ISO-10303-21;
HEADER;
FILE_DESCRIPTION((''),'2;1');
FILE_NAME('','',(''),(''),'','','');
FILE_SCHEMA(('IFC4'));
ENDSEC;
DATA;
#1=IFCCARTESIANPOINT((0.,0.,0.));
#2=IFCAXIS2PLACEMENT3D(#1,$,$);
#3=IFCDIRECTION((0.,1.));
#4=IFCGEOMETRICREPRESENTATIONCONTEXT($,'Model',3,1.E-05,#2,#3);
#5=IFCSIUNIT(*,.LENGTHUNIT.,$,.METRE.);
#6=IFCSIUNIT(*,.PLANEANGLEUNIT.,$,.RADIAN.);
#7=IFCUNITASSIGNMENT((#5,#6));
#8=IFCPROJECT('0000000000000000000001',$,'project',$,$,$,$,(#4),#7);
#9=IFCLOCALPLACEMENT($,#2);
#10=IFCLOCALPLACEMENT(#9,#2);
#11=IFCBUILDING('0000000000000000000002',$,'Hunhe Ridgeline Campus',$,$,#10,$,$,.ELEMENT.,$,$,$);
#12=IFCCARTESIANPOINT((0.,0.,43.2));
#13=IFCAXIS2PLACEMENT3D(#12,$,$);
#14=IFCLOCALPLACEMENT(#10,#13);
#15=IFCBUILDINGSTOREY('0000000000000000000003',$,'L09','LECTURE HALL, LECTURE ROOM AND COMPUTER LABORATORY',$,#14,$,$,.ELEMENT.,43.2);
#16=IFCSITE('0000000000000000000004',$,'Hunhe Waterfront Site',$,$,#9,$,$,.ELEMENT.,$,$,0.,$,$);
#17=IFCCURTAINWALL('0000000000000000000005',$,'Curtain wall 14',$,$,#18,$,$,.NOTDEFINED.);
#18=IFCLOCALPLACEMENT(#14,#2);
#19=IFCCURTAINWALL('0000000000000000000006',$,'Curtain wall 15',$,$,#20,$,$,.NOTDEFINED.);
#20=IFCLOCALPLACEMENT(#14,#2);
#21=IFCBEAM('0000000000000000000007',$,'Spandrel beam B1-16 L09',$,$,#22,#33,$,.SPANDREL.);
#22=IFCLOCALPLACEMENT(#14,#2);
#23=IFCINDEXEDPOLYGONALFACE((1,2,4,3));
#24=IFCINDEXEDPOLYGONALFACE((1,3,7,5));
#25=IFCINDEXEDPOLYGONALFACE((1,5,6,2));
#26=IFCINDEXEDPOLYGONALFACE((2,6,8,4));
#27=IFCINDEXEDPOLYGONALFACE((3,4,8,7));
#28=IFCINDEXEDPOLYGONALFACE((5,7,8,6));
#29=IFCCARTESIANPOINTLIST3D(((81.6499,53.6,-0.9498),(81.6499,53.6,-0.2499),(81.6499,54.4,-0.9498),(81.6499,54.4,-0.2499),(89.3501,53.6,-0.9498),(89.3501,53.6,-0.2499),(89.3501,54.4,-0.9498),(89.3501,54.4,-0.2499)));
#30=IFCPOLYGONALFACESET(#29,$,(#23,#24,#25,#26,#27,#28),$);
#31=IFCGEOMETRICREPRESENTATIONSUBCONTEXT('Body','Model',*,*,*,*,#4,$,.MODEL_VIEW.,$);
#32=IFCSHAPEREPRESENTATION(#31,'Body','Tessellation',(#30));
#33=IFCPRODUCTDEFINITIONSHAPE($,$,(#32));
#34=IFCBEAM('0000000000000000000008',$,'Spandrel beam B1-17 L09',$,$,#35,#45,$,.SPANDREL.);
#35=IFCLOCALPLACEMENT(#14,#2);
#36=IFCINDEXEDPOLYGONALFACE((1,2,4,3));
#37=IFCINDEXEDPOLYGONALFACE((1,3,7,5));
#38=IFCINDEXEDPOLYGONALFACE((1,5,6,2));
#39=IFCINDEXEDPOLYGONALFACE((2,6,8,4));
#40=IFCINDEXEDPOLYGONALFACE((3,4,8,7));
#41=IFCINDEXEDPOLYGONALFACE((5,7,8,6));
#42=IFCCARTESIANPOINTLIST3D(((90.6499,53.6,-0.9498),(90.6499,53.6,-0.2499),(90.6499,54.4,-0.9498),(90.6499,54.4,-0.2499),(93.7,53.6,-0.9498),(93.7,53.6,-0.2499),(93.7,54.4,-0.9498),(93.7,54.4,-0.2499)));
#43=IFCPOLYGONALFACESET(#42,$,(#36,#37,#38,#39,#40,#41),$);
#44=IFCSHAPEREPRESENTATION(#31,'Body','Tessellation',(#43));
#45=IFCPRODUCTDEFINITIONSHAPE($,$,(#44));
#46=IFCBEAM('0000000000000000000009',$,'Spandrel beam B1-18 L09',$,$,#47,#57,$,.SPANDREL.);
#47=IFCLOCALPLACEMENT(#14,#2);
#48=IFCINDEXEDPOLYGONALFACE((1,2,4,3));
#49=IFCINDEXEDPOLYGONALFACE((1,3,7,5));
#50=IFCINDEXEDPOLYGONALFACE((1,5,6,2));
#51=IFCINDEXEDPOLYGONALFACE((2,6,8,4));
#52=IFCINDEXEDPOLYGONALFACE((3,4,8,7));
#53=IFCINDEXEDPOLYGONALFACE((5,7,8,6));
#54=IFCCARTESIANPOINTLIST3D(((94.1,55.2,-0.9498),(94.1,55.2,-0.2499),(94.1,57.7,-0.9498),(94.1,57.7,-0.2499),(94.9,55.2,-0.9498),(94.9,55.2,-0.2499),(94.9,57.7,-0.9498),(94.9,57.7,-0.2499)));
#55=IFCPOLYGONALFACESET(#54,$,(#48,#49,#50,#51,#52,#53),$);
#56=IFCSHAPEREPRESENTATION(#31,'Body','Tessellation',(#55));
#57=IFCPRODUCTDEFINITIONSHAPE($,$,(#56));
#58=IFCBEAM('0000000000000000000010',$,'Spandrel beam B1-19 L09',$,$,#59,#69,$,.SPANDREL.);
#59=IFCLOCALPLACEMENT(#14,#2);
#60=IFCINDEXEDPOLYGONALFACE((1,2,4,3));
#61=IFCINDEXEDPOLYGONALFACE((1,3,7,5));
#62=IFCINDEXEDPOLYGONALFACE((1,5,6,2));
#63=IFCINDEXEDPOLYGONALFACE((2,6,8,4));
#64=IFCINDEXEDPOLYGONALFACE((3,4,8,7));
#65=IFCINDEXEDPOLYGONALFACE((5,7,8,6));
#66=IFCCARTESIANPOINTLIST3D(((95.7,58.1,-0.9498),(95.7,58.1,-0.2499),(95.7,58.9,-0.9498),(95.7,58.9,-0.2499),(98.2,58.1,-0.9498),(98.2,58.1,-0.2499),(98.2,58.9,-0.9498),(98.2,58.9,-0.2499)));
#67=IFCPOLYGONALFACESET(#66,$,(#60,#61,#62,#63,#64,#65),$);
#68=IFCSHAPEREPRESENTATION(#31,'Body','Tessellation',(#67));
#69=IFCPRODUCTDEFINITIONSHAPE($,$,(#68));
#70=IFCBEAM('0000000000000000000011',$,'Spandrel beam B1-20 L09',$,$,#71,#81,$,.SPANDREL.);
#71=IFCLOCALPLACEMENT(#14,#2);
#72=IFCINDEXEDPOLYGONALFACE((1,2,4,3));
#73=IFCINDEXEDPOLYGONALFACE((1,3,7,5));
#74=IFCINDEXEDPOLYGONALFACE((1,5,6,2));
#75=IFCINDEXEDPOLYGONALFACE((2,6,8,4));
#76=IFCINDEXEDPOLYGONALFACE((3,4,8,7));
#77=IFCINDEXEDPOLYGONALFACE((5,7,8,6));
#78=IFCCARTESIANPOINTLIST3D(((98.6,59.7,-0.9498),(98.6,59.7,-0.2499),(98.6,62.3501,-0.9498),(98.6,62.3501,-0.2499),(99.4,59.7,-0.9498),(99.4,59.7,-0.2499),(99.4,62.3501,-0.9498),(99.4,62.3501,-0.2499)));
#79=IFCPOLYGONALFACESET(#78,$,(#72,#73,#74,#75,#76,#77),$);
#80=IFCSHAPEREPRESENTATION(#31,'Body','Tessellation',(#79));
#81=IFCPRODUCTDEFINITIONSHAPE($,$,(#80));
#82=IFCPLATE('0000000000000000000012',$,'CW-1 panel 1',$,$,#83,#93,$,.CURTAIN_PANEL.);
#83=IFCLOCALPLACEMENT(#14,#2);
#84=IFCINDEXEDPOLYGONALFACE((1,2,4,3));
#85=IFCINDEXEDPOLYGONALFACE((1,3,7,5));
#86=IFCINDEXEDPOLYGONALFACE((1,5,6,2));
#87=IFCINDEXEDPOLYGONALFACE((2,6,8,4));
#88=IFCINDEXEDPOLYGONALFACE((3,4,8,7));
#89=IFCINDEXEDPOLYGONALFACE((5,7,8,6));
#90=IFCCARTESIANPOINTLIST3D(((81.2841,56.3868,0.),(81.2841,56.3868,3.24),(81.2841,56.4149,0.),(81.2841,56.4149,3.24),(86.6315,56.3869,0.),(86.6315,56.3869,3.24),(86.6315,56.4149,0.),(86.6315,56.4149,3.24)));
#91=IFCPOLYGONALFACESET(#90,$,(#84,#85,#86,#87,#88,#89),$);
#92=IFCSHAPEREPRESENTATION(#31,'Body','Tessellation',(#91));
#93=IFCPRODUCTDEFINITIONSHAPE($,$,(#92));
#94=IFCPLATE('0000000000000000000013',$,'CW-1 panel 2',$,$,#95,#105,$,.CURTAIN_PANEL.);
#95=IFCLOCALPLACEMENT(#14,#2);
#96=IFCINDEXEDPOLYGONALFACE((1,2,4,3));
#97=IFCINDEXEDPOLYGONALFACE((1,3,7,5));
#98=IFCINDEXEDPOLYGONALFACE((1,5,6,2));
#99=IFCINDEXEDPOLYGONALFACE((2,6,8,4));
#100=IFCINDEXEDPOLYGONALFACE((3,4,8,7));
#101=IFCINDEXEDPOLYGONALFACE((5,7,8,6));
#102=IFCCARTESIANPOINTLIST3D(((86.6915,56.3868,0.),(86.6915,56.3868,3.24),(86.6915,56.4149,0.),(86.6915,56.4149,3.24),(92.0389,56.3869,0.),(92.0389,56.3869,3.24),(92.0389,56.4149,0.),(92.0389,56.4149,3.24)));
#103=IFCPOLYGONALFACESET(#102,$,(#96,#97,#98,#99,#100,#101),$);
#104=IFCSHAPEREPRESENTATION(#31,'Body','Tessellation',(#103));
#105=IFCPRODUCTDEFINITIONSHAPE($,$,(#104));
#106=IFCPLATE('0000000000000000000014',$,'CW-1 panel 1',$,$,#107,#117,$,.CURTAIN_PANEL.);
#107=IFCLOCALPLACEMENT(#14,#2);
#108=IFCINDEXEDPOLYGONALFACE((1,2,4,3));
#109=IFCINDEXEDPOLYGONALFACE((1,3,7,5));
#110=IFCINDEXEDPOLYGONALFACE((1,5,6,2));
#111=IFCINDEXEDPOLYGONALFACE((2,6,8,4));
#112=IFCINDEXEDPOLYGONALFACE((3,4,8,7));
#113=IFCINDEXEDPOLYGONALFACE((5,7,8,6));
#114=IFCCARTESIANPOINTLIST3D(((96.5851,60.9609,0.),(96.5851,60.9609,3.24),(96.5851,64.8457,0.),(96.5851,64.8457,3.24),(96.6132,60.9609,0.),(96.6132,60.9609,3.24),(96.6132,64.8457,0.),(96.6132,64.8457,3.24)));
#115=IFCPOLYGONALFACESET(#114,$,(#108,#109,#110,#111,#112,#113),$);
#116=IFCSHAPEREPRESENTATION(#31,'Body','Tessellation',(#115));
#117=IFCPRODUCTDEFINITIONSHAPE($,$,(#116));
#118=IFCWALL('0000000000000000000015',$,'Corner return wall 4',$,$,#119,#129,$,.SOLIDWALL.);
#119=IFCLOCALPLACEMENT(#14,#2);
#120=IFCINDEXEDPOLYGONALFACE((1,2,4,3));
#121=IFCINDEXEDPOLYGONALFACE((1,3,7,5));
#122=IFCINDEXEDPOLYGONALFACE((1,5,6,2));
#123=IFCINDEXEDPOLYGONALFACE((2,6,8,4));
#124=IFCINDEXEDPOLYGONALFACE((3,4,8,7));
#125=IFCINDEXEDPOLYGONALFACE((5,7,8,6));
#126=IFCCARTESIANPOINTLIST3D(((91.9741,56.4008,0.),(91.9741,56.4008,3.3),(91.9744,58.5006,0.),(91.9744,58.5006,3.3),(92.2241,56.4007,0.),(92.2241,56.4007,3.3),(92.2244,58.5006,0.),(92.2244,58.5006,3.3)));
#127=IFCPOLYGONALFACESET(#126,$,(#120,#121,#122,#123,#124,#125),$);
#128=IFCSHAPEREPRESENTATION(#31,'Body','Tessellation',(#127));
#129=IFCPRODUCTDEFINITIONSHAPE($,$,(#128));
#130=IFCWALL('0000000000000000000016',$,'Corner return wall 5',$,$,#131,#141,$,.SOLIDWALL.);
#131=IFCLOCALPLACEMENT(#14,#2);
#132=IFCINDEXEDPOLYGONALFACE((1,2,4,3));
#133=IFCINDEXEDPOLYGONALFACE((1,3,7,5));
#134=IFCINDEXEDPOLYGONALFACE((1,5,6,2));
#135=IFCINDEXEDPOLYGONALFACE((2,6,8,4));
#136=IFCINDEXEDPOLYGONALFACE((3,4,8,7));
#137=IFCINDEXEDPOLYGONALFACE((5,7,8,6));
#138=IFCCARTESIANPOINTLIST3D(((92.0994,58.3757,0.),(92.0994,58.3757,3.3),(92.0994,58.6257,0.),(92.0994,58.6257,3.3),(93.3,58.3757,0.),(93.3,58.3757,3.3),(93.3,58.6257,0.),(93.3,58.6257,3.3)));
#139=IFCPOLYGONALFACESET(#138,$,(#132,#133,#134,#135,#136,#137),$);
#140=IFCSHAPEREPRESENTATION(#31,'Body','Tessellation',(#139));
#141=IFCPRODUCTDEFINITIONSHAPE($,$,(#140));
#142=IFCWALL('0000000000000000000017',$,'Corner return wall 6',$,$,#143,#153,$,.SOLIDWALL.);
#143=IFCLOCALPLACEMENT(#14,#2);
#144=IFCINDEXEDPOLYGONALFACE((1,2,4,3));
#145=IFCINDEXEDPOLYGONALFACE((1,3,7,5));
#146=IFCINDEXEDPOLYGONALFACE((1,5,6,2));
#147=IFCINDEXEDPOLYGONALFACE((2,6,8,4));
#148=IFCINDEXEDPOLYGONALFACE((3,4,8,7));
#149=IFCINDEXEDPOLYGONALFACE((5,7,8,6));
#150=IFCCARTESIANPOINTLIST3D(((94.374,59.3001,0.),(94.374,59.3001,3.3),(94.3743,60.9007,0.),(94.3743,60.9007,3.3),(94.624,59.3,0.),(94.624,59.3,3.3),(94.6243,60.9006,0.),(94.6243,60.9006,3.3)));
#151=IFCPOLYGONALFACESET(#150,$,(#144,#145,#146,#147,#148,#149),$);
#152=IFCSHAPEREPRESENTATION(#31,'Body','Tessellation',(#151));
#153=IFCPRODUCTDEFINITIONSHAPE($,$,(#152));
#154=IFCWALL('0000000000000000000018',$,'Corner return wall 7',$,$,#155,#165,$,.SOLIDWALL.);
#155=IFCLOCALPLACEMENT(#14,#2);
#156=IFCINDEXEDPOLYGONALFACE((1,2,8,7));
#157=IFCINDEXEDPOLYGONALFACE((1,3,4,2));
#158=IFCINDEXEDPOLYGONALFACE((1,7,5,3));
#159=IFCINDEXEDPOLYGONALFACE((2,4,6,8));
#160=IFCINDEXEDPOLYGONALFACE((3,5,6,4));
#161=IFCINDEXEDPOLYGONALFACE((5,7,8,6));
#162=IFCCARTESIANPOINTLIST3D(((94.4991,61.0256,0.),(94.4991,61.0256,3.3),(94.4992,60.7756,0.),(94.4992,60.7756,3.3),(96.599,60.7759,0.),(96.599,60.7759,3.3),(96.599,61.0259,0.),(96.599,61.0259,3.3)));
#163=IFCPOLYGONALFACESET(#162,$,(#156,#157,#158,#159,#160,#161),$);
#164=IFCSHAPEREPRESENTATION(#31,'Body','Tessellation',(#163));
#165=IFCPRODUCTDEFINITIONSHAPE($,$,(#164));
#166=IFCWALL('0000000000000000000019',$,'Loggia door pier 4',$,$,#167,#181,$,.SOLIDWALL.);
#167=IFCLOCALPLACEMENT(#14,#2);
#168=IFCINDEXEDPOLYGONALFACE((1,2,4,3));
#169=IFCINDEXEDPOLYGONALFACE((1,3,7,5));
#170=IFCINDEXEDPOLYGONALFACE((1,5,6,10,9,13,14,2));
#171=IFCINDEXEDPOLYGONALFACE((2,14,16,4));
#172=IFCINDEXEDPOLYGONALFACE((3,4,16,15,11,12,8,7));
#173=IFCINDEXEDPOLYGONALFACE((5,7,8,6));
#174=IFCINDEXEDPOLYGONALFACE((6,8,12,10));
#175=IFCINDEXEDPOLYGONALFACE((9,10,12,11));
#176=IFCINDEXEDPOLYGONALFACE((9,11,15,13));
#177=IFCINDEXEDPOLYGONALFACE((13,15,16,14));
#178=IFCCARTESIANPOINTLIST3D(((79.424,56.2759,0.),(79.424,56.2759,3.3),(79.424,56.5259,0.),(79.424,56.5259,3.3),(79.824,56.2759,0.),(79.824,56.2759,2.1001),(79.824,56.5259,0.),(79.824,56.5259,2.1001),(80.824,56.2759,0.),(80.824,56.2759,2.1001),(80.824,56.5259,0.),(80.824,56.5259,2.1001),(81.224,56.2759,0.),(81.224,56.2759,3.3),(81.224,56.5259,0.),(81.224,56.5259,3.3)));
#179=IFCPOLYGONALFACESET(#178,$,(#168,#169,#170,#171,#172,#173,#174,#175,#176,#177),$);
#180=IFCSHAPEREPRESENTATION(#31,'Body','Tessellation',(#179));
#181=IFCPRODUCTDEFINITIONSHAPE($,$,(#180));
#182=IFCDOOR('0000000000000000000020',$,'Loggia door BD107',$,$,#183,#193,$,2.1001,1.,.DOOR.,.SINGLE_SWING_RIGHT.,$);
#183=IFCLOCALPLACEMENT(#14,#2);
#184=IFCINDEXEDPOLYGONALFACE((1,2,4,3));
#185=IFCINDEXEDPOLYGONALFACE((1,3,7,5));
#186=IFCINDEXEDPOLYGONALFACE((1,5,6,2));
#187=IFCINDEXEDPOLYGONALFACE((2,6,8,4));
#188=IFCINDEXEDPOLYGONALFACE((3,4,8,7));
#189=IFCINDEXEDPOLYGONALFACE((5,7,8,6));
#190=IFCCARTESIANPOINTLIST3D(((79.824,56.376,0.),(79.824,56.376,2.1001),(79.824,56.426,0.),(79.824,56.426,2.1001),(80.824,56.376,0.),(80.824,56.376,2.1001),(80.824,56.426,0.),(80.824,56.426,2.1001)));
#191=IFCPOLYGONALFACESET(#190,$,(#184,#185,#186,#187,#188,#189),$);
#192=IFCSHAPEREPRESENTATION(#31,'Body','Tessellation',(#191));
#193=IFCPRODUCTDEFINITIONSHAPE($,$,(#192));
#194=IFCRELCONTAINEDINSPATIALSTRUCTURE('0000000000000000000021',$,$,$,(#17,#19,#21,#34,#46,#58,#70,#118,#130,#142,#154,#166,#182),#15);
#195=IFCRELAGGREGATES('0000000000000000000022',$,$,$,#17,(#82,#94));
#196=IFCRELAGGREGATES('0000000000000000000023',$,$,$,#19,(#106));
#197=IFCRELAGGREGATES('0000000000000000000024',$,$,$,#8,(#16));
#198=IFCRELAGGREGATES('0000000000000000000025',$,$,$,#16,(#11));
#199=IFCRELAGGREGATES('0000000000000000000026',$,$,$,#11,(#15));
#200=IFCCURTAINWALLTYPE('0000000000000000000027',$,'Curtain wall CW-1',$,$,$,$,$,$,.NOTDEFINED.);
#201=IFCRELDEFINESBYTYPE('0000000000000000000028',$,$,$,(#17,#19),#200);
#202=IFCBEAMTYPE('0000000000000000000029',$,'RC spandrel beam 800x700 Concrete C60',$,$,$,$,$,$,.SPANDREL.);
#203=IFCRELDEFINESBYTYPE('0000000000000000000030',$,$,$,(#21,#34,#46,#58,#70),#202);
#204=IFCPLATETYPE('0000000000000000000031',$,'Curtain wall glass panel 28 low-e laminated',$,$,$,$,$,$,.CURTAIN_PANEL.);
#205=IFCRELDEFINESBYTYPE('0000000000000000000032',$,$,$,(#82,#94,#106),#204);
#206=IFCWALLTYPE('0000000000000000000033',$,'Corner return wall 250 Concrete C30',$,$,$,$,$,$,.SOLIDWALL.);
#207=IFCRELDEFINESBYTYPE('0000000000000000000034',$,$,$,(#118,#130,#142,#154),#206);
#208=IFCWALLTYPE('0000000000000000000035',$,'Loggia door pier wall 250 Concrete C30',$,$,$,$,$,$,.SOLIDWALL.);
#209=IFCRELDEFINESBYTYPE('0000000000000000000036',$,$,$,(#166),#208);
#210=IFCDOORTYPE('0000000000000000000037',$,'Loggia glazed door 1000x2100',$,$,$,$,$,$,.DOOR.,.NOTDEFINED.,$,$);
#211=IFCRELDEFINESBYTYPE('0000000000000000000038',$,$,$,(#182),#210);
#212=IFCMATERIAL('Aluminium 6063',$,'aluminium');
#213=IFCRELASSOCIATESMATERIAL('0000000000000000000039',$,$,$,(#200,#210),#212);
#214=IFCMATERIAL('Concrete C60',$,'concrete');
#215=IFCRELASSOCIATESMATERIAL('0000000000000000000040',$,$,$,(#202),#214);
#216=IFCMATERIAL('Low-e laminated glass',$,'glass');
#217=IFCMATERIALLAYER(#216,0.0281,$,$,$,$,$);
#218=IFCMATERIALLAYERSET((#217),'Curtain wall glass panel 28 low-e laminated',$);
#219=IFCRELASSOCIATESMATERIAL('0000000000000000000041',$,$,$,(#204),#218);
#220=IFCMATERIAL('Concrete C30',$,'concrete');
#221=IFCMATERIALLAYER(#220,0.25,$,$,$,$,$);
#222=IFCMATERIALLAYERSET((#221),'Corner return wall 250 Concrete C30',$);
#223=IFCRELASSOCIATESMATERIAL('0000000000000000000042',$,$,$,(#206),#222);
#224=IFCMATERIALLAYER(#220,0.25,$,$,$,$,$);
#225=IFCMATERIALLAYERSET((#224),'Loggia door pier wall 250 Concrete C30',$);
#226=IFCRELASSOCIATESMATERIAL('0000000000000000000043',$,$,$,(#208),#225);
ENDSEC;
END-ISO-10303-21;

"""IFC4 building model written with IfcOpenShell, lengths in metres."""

from ifc_helpers import new_model, si_unit, direction, frame, frame_2d, origin, origin_2d, place, context, subcontext, project, spatial, rectangle, extrude, material, layer, layer_set, material_profile, profile_set, type_object, element, fill, aggregate, save


model = new_model("IFC4")

# Units and contexts
model_context = context("Model", 3, precision=1e-05, world=origin(), true_north=direction((0.0, 1.0)))
body_context = subcontext(model_context, "Body", "Model", "MODEL_VIEW")
ifc_project = project(units=[si_unit("LENGTHUNIT", "METRE"), si_unit("PLANEANGLEUNIT", "RADIAN")], contexts=[model_context])

# Site, building, storey
site_placement = place(None, origin())
site = spatial("IfcSite", under=ifc_project, at=site_placement, Name="Hunhe Waterfront Site", CompositionType="ELEMENT", RefElevation=0.0)
building_placement = place(site_placement, origin())
building = spatial("IfcBuilding", under=site, at=building_placement, Name="Hunhe Ridgeline Campus", CompositionType="ELEMENT")
storey_placement = place(building_placement, frame((0.0, 0.0, 43.2)))
storey = spatial("IfcBuildingStorey", under=building, at=storey_placement, Name="L09", Description="LECTURE HALL, LECTURE ROOM AND COMPUTER LABORATORY", CompositionType="ELEMENT", Elevation=43.2)

# Shared definitions
ifc_material_1 = material(Name="Aluminium 6063", Category="aluminium")
curtain_wall_type = type_object("IfcCurtainWallType", Name="Curtain wall CW-1", PredefinedType="NOTDEFINED", material=ifc_material_1)

# Curtain wall
curtain_wall_1_placement = place(storey_placement, origin())
curtain_wall_1 = element("IfcCurtainWall", 1, at=curtain_wall_1_placement, inside=storey, type_object=curtain_wall_type, Name="Curtain wall 14", PredefinedType="NOTDEFINED")

# Curtain wall
curtain_wall_2_placement = place(storey_placement, origin())
curtain_wall_2 = element("IfcCurtainWall", 2, at=curtain_wall_2_placement, inside=storey, type_object=curtain_wall_type, Name="Curtain wall 15", PredefinedType="NOTDEFINED")

# Beams
ifc_material_2 = material(Name="Concrete C60", Category="concrete")
ifc_material_profile_1 = material_profile(ifc_material_2, rectangle(XDim=0.8, YDim=0.7, at=origin_2d()))
ifc_profile_set_1 = profile_set([ifc_material_profile_1], Name="Concrete C60")
beam_type = type_object("IfcBeamType", Name="RC spandrel beam 800x700 Concrete C60", PredefinedType="SPANDREL", material=ifc_profile_set_1)
beam_1_placement = place(storey_placement, frame((81.6499, 54.0, -0.5999), z_axis=(1.0, 0.0, 0.0), x_axis=(0.0, 1.0, 0.0)))
element("IfcBeam", 3, at=beam_1_placement, inside=storey, type_object=beam_type, Name="Spandrel beam B1-16 L09", PredefinedType="SPANDREL", context=body_context, shape_type="SweptSolid", body=[
    extrude(rectangle(XDim=0.8, YDim=0.7, at=origin_2d()), origin(), (0.0, 0.0, 1.0), 7.7002),
])
beam_2_placement = place(storey_placement, frame((90.6499, 54.0, -0.5999), z_axis=(1.0, 0.0, 0.0), x_axis=(0.0, 1.0, 0.0)))
element("IfcBeam", 4, at=beam_2_placement, inside=storey, type_object=beam_type, Name="Spandrel beam B1-17 L09", PredefinedType="SPANDREL", context=body_context, shape_type="SweptSolid", body=[
    extrude(rectangle(XDim=0.8, YDim=0.7, at=origin_2d()), origin(), (0.0, 0.0, 1.0), 3.05),
])
for number, where, z_axis, x_axis, name in (
    (5, (94.5, 55.2, -0.5999), (0.0, 1.0, 0.0), (-1.0, 0.0, 0.0), "Spandrel beam B1-18 L09"),
    (6, (95.7, 58.5, -0.5999), (1.0, 0.0, 0.0), (0.0, 1.0, 0.0), "Spandrel beam B1-19 L09"),
):
    element("IfcBeam", number, at=place(storey_placement, frame(where, z_axis=z_axis, x_axis=x_axis)), inside=storey, type_object=beam_type, Name=name, PredefinedType="SPANDREL", context=body_context, shape_type="SweptSolid", body=[
        extrude(rectangle(XDim=0.8, YDim=0.7, at=origin_2d()), origin(), (0.0, 0.0, 1.0), 2.5),
    ])
beam_3_placement = place(storey_placement, frame((99.0, 59.7, -0.5999), z_axis=(0.0, 1.0, 0.0), x_axis=(-1.0, 0.0, 0.0)))
element("IfcBeam", 7, at=beam_3_placement, inside=storey, type_object=beam_type, Name="Spandrel beam B1-20 L09", PredefinedType="SPANDREL", context=body_context, shape_type="SweptSolid", body=[
    extrude(rectangle(XDim=0.8, YDim=0.7, at=origin_2d()), origin(), (0.0, 0.0, 1.0), 2.6501),
])

# Plates
ifc_material_3 = material(Name="Low-e laminated glass", Category="glass")
ifc_layer_1 = layer(ifc_material_3, 0.0281)
ifc_layer_set_1 = layer_set([ifc_layer_1], Name="Curtain wall glass panel 28 low-e laminated")
plate_type = type_object("IfcPlateType", Name="Curtain wall glass panel 28 low-e laminated", PredefinedType="CURTAIN_PANEL", material=ifc_layer_set_1)
plate_1_placement = place(storey_placement, frame((83.9578, 56.4009, 0.0), z_axis=(0.0, 0.0, 1.0), x_axis=(1.0, 0.000004, 0.0)))
plate_1 = element("IfcPlate", 8, at=plate_1_placement, type_object=plate_type, Name="CW-1 panel 1", PredefinedType="CURTAIN_PANEL", context=body_context, shape_type="SweptSolid", body=[
    extrude(rectangle(XDim=5.3474, YDim=0.0281, at=origin_2d()), origin(), (0.0, 0.0, 1.0), 3.24),
])
plate_2_placement = place(storey_placement, frame((89.3652, 56.4009, 0.0), z_axis=(0.0, 0.0, 1.0), x_axis=(1.0, 0.000004, 0.0)))
plate_2 = element("IfcPlate", 9, at=plate_2_placement, type_object=plate_type, Name="CW-1 panel 2", PredefinedType="CURTAIN_PANEL", context=body_context, shape_type="SweptSolid", body=[
    extrude(rectangle(XDim=5.3474, YDim=0.0281, at=origin_2d()), origin(), (0.0, 0.0, 1.0), 3.24),
])
aggregate(curtain_wall_1, [plate_1, plate_2])
plate_3_placement = place(storey_placement, frame((96.5991, 62.9033, 0.0), z_axis=(0.0, 0.0, 1.0), x_axis=(0.0, 1.0, 0.0)))
plate_3 = element("IfcPlate", 10, at=plate_3_placement, type_object=plate_type, Name="CW-1 panel 1", PredefinedType="CURTAIN_PANEL", context=body_context, shape_type="SweptSolid", body=[
    extrude(rectangle(XDim=3.8848, YDim=0.0281, at=origin_2d()), origin(), (0.0, 0.0, 1.0), 3.24),
])
aggregate(curtain_wall_2, [plate_3])

# Walls
ifc_material_4 = material(Name="Concrete C30", Category="concrete")
ifc_layer_2 = layer(ifc_material_4, 0.25)
ifc_layer_set_2 = layer_set([ifc_layer_2], Name="Corner return wall 250 Concrete C30")
wall_type_1 = type_object("IfcWallType", Name="Corner return wall 250 Concrete C30", PredefinedType="SOLIDWALL", material=ifc_layer_set_2)
wall_1_placement = place(storey_placement, frame((92.0991, 56.4009, 0.0), z_axis=(0.0, 0.0, 1.0), x_axis=(0.000116, 1.0, 0.0)))
element("IfcWall", 11, at=wall_1_placement, inside=storey, type_object=wall_type_1, Name="Corner return wall 4", PredefinedType="SOLIDWALL", context=body_context, shape_type="SweptSolid", body=[
    extrude(rectangle(XDim=2.0999, YDim=0.25, at=frame_2d((1.0498, 0.0))), origin(), (0.0, 0.0, 1.0), 3.3),
])
wall_2_placement = place(storey_placement, frame((92.0994, 58.5007, 0.0), z_axis=(0.0, 0.0, 1.0), x_axis=(1.0, 0.0, 0.0)))
element("IfcWall", 12, at=wall_2_placement, inside=storey, type_object=wall_type_1, Name="Corner return wall 5", PredefinedType="SOLIDWALL", context=body_context, shape_type="SweptSolid", body=[
    extrude(rectangle(XDim=1.2007, YDim=0.25, at=frame_2d((0.6003, 0.0))), origin(), (0.0, 0.0, 1.0), 3.3),
])
wall_3_placement = place(storey_placement, frame((94.499, 59.3, 0.0), z_axis=(0.0, 0.0, 1.0), x_axis=(0.000153, 1.0, 0.0)))
element("IfcWall", 13, at=wall_3_placement, inside=storey, type_object=wall_type_1, Name="Corner return wall 6", PredefinedType="SOLIDWALL", context=body_context, shape_type="SweptSolid", body=[
    extrude(rectangle(XDim=1.6006, YDim=0.25, at=frame_2d((0.8003, 0.0))), origin(), (0.0, 0.0, 1.0), 3.3),
])
wall_4_placement = place(storey_placement, frame((94.4993, 60.9006, 0.0), z_axis=(0.0, 0.0, 1.0), x_axis=(1.0, 0.000116, 0.0)))
element("IfcWall", 14, at=wall_4_placement, inside=storey, type_object=wall_type_1, Name="Corner return wall 7", PredefinedType="SOLIDWALL", context=body_context, shape_type="SweptSolid", body=[
    extrude(rectangle(XDim=2.0999, YDim=0.25, at=frame_2d((1.0498, 0.0))), origin(), (0.0, 0.0, 1.0), 3.3),
])

# Wall, opening, door
ifc_layer_3 = layer(ifc_material_4, 0.25)
ifc_layer_set_3 = layer_set([ifc_layer_3], Name="Loggia door pier wall 250 Concrete C30")
wall_type_2 = type_object("IfcWallType", Name="Loggia door pier wall 250 Concrete C30", PredefinedType="SOLIDWALL", material=ifc_layer_set_3)
wall_5_placement = place(storey_placement, frame((79.4241, 56.4009, 0.0), z_axis=(0.0, 0.0, 1.0), x_axis=(1.0, 0.0, 0.0)))
wall_5 = element("IfcWall", 15, at=wall_5_placement, inside=storey, type_object=wall_type_2, Name="Loggia door pier 4", PredefinedType="SOLIDWALL", context=body_context, shape_type="SweptSolid", body=[
    extrude(rectangle(XDim=1.8, YDim=0.25, at=frame_2d((0.8999, 0.0))), origin(), (0.0, 0.0, 1.0), 3.3),
])
opening_placement = place(wall_5_placement, frame((0.3999, 0.0, 0.0)))
opening = element("IfcOpeningElement", 16, at=opening_placement, cuts=wall_5, PredefinedType="OPENING", context=body_context, shape_type="SweptSolid", body=[
    extrude(rectangle(XDim=1.0, YDim=2.1001, at=frame_2d((0.5, 1.05))), frame((0.0, 0.125, 0.0), z_axis=(0.0, -1.0, 0.0), x_axis=(1.0, 0.0, 0.0)), (0.0, 0.0, 1.0), 0.25),
])
door_type = type_object("IfcDoorType", Name="Loggia glazed door 1000x2100", OperationType="NOTDEFINED", PredefinedType="DOOR", material=ifc_material_1)
door_placement = place(opening_placement, frame((1.0, 0.0, 0.0), z_axis=(0.0, 0.0, 1.0), x_axis=(-1.0, 0.0, 0.0)))
door = element("IfcDoor", 17, at=door_placement, inside=storey, type_object=door_type, Name="Loggia door BD107", OperationType="SINGLE_SWING_RIGHT", OverallHeight=2.1001, OverallWidth=1.0, PredefinedType="DOOR", context=body_context, shape_type="SweptSolid", body=[
    extrude(rectangle(XDim=1.0, YDim=2.1001, at=frame_2d((0.5, 1.05))), frame((0.0, 0.0249, 0.0), z_axis=(0.0, -1.0, 0.0), x_axis=(1.0, 0.0, 0.0)), (0.0, 0.0, 1.0), 0.05),
])
fill(opening, door)

save(model, "model.ifc")
